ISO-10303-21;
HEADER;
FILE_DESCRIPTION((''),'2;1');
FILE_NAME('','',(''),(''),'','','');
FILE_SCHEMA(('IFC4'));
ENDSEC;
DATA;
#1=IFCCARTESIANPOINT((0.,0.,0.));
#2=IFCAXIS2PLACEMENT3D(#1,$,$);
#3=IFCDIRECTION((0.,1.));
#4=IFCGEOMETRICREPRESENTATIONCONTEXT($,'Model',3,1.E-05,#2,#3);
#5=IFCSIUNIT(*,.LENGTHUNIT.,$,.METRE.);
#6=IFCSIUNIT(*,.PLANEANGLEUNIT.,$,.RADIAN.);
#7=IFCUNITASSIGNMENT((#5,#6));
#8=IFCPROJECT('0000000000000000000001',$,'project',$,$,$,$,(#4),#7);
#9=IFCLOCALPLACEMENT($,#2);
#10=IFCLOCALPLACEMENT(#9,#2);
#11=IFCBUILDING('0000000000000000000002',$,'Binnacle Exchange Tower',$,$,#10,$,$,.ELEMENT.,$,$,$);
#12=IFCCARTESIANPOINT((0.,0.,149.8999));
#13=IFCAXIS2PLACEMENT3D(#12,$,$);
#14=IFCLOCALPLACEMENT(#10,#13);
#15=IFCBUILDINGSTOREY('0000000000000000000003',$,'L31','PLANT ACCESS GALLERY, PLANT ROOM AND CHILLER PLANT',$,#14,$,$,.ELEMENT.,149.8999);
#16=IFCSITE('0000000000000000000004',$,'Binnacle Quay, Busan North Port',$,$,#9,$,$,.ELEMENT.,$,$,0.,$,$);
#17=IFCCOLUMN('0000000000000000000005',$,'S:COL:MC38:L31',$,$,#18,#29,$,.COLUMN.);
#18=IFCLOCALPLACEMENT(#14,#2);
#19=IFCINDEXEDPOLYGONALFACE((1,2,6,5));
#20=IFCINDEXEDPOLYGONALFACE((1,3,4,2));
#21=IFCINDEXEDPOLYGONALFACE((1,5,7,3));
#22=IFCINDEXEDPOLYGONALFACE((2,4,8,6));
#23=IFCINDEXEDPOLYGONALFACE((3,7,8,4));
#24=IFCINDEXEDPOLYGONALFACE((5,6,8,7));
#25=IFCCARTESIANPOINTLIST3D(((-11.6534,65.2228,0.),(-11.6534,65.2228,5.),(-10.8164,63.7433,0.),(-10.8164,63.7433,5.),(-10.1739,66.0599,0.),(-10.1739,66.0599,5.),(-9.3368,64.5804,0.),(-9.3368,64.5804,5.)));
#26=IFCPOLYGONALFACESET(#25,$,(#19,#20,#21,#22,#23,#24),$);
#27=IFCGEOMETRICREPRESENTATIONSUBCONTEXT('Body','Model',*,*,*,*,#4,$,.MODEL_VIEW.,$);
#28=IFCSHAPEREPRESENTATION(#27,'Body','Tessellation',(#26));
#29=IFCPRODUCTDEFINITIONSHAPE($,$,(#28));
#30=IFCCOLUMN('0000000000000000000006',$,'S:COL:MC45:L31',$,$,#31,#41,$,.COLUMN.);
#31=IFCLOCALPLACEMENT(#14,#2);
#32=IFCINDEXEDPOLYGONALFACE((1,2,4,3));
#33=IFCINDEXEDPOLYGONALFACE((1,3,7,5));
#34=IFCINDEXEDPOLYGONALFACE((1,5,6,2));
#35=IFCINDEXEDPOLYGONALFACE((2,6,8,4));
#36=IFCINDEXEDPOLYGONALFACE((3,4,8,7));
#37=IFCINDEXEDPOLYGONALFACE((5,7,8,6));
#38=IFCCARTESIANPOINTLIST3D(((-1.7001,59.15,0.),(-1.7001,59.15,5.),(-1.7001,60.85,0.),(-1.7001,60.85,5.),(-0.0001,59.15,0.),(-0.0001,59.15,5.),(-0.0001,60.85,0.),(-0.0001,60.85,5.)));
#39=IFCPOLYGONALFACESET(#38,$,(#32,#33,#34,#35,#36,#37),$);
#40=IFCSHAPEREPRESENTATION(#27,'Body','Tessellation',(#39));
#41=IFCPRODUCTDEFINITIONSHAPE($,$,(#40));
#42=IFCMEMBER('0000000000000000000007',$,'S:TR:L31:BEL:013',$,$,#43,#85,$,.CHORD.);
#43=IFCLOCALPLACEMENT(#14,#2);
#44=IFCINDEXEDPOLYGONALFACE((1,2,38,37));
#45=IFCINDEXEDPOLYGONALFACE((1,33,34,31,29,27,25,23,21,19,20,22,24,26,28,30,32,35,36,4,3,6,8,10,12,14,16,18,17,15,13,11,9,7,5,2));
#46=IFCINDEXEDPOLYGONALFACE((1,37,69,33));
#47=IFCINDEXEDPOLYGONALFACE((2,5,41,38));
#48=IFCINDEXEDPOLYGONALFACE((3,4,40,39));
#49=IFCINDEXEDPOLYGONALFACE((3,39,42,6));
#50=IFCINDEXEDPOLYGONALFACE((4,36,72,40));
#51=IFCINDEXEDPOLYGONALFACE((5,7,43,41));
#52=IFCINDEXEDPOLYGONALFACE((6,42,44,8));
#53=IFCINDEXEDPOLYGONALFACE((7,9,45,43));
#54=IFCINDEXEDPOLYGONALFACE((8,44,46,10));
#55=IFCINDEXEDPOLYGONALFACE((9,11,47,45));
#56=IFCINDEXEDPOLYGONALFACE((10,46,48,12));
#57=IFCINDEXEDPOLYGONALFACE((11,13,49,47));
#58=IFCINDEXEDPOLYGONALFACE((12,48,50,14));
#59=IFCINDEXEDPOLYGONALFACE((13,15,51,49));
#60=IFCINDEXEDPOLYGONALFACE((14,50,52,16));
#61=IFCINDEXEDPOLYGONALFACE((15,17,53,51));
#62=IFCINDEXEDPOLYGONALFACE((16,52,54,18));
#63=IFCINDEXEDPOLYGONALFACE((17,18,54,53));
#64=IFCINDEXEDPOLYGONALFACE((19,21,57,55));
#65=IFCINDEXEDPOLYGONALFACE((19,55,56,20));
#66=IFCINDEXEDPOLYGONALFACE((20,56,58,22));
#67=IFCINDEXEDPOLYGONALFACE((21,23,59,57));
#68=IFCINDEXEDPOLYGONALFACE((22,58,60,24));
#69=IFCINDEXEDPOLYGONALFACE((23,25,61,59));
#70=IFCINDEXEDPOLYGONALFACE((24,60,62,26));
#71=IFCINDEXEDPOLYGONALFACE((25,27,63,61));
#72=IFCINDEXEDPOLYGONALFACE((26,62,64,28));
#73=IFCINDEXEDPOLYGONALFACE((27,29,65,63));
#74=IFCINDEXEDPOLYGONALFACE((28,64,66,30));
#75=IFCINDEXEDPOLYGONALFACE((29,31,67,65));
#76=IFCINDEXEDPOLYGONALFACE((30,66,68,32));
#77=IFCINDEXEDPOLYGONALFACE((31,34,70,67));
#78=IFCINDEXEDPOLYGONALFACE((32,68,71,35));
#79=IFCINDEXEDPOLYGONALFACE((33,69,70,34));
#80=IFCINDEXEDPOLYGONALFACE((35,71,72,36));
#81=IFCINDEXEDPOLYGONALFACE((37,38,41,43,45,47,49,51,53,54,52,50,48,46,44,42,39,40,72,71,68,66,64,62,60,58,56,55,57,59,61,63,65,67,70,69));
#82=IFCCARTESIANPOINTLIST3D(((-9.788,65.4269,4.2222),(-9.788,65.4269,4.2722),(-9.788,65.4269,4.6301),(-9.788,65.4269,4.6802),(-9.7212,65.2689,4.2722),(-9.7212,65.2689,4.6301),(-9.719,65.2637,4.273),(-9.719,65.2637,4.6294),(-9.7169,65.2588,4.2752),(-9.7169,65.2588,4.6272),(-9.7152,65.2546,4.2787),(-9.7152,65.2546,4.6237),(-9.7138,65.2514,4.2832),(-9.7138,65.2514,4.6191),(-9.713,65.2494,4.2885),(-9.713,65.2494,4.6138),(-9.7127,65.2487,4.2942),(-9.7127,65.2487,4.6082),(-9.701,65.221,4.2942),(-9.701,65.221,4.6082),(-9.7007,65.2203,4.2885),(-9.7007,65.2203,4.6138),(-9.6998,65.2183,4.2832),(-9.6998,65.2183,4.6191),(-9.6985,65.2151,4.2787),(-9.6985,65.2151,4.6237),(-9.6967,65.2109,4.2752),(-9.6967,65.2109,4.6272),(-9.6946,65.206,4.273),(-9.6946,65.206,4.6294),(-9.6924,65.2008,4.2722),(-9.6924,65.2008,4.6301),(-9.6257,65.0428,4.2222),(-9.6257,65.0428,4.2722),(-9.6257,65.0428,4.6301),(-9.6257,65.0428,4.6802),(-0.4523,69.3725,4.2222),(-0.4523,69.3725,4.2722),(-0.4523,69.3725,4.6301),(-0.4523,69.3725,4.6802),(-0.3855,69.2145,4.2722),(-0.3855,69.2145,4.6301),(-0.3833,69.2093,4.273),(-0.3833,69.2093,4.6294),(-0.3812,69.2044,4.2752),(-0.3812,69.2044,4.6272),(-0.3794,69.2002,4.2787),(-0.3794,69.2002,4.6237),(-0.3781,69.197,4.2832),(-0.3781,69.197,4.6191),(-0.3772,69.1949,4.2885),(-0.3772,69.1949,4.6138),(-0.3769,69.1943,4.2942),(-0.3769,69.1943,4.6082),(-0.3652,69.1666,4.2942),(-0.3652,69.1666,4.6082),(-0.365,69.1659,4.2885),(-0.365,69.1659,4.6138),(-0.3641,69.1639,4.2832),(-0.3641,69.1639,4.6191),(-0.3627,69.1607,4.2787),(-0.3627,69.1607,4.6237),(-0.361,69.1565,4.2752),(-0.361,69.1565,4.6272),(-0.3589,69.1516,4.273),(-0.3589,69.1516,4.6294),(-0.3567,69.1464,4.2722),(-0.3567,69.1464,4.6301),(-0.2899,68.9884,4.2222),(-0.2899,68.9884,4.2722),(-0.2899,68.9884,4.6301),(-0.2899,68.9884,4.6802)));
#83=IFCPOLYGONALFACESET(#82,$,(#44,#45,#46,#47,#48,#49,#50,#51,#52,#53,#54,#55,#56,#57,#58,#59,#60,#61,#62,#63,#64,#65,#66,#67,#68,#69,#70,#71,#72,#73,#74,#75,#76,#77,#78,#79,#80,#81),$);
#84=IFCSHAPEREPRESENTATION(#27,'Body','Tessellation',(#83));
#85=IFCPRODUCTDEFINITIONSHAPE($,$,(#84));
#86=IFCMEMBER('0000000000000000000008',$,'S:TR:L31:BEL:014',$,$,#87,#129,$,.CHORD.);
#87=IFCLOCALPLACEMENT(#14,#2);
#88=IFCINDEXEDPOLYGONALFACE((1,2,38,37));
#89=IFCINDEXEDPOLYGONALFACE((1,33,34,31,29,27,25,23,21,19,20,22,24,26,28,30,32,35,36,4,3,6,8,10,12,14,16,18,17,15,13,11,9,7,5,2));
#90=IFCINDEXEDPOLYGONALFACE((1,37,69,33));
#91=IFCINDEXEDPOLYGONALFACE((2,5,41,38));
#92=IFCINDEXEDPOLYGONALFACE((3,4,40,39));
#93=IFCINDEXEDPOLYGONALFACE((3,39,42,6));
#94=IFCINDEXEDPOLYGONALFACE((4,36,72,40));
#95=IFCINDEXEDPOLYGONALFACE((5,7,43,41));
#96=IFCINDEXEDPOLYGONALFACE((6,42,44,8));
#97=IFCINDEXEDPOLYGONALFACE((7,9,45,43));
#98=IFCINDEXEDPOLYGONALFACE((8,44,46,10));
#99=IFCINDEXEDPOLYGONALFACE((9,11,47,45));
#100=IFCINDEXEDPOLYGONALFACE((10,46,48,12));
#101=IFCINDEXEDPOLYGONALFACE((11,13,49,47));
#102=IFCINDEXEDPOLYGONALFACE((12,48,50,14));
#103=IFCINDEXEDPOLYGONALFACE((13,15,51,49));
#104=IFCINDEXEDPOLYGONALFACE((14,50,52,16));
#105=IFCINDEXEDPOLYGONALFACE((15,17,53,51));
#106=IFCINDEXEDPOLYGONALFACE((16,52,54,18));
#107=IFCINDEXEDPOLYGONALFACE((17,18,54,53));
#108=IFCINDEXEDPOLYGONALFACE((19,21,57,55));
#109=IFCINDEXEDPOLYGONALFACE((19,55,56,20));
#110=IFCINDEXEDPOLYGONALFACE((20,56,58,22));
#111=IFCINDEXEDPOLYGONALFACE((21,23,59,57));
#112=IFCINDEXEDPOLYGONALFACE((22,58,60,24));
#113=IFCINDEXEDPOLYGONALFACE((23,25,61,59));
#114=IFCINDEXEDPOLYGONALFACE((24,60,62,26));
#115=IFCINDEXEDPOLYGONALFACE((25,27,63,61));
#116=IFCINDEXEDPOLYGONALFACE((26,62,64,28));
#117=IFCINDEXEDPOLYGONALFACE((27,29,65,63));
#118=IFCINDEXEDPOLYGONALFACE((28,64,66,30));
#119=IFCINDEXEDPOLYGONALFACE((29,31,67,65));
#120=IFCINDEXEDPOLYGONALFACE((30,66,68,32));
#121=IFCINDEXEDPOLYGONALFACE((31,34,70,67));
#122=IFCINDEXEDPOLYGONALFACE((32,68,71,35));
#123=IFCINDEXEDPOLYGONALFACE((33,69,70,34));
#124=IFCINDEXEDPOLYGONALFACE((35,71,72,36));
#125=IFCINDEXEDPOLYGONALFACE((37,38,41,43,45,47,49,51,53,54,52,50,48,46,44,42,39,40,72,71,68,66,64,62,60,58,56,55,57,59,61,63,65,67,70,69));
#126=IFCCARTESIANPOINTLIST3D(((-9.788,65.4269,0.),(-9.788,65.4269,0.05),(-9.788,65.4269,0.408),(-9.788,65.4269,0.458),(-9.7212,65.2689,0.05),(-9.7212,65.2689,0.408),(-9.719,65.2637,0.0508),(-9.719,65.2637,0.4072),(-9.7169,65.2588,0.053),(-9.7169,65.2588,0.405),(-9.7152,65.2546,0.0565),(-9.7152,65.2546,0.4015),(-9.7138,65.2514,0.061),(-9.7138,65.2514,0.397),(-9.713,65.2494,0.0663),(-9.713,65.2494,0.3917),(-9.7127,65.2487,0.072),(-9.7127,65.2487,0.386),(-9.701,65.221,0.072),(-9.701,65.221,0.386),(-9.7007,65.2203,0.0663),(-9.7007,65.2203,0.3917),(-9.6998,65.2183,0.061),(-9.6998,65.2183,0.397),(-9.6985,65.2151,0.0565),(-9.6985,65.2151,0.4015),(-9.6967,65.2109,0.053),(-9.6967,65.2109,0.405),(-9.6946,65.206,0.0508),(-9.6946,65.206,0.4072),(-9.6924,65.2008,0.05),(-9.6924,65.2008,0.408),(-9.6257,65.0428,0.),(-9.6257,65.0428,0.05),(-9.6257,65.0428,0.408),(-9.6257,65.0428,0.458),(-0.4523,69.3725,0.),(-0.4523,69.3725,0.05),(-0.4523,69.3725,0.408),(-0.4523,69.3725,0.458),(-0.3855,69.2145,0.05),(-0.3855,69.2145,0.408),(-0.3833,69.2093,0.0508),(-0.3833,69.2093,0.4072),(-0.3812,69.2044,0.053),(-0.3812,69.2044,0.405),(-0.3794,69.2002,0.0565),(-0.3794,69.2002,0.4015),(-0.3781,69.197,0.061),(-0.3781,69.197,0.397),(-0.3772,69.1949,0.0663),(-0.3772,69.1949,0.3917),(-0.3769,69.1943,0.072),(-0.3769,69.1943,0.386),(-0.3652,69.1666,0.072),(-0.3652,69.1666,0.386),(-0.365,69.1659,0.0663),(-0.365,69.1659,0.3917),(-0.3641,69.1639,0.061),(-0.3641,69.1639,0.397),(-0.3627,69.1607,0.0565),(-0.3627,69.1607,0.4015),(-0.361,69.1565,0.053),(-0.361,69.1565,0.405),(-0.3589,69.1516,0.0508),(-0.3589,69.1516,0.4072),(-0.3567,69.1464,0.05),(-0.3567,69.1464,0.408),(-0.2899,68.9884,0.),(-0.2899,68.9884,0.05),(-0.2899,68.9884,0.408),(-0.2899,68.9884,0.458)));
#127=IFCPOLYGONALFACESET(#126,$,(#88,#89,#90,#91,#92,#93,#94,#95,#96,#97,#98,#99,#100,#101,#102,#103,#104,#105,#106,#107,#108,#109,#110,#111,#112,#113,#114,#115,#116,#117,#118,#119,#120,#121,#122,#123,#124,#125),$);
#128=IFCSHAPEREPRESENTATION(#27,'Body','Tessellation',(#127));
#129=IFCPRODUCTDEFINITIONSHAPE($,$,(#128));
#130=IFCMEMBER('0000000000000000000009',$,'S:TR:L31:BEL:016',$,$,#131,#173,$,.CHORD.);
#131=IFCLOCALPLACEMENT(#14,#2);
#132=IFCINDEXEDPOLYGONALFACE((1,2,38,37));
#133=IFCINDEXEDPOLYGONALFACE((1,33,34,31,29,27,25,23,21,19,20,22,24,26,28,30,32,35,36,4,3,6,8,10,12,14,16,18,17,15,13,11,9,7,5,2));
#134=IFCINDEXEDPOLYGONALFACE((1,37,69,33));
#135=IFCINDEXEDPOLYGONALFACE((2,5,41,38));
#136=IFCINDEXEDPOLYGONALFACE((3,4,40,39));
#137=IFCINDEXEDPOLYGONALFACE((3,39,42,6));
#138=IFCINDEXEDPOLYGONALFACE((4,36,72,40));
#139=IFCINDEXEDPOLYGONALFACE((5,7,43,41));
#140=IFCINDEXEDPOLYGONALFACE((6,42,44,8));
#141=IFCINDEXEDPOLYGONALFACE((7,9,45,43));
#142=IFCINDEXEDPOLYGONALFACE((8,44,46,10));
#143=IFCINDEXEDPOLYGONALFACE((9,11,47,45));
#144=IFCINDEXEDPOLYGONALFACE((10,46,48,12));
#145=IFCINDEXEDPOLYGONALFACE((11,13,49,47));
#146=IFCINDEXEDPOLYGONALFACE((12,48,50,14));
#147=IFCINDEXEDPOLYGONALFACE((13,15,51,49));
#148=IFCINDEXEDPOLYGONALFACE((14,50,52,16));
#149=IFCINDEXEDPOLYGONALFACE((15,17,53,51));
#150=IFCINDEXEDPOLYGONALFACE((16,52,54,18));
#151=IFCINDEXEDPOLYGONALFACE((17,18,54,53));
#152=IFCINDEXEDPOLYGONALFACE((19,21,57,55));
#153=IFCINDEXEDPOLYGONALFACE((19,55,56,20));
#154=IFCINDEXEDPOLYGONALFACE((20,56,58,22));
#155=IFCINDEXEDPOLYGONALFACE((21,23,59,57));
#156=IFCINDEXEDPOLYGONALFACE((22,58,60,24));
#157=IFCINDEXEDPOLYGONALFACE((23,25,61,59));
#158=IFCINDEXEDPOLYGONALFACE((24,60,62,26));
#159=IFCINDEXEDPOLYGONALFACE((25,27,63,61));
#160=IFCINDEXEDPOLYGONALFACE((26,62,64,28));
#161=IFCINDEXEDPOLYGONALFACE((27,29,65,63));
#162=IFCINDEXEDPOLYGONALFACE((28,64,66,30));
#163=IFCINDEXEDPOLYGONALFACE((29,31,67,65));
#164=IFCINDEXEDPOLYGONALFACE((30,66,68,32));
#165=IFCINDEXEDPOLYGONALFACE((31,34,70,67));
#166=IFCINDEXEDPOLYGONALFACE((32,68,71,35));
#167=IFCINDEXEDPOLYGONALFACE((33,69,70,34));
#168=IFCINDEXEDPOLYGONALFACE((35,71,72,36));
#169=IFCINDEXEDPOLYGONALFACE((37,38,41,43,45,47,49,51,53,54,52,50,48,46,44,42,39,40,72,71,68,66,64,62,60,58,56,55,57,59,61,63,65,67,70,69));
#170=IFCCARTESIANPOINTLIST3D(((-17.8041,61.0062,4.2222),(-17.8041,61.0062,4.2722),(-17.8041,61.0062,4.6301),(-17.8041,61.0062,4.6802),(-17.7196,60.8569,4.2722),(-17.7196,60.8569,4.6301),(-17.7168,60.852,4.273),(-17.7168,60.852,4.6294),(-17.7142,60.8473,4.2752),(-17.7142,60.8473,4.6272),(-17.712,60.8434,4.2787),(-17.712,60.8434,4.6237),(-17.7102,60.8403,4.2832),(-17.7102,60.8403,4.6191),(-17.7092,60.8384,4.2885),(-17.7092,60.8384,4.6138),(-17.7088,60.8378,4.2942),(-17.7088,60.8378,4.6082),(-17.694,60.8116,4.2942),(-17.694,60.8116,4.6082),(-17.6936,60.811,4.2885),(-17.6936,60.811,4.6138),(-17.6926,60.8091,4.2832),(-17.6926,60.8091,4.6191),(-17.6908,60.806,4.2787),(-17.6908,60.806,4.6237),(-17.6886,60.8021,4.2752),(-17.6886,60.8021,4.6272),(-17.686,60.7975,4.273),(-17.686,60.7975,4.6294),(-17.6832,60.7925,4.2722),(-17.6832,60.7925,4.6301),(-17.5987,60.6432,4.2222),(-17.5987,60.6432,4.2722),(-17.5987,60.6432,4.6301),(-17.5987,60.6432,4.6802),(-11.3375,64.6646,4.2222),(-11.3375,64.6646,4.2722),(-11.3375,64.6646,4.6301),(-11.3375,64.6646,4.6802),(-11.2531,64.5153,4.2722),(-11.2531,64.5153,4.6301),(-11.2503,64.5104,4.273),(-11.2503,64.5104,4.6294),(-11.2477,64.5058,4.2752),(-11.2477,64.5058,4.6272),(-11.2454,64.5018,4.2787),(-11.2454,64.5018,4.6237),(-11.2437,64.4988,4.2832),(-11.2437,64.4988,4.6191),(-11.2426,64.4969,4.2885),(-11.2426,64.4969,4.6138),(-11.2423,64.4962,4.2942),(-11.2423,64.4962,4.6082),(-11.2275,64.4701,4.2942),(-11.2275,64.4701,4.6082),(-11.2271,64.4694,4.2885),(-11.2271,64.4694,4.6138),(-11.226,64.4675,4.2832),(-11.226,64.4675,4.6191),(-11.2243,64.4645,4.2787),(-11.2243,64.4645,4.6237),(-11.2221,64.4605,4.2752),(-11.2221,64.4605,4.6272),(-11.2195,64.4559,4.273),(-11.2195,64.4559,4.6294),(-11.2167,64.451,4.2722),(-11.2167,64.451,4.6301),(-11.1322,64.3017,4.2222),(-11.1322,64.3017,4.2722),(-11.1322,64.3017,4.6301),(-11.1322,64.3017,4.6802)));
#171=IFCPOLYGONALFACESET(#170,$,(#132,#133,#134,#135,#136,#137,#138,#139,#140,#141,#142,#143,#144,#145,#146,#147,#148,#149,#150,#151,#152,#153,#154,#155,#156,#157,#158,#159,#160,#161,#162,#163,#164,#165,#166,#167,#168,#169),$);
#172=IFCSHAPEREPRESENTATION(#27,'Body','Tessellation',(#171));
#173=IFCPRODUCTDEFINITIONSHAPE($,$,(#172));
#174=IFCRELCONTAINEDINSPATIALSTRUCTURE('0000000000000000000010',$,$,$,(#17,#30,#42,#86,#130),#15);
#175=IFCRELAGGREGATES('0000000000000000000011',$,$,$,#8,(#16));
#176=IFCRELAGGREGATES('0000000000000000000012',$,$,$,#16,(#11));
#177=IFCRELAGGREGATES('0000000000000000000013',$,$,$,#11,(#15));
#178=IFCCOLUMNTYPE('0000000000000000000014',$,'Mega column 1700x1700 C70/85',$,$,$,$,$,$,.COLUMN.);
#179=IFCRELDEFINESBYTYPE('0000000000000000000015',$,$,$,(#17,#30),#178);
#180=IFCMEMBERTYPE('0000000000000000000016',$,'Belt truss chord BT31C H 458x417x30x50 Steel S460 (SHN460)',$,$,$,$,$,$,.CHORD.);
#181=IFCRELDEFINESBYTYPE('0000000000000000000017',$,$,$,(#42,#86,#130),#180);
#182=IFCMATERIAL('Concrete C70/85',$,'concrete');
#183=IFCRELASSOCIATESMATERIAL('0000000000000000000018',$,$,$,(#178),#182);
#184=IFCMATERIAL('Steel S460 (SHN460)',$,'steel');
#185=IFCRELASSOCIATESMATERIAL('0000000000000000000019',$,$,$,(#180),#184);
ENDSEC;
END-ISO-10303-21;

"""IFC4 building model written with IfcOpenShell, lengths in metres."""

from ifc_helpers import new_model, si_unit, direction, frame, origin, origin_2d, place, context, subcontext, project, spatial, rectangle, i_section, extrude, material, material_profile, profile_set, type_object, element, save


model = new_model("IFC4")

# Units and contexts
model_context = context("Model", 3, precision=1e-05, world=origin(), true_north=direction((0.0, 1.0)))
body_context = subcontext(model_context, "Body", "Model", "MODEL_VIEW")
ifc_project = project(units=[si_unit("LENGTHUNIT", "METRE"), si_unit("PLANEANGLEUNIT", "RADIAN")], contexts=[model_context])

# Site, building, storey
site_placement = place(None, origin())
site = spatial("IfcSite", under=ifc_project, at=site_placement, Name="Binnacle Quay, Busan North Port", CompositionType="ELEMENT", RefElevation=0.0)
building_placement = place(site_placement, origin())
building = spatial("IfcBuilding", under=site, at=building_placement, Name="Binnacle Exchange Tower", CompositionType="ELEMENT")
storey_placement = place(building_placement, frame((0.0, 0.0, 149.8999)))
storey = spatial("IfcBuildingStorey", under=building, at=storey_placement, Name="L31", Description="PLANT ACCESS GALLERY, PLANT ROOM AND CHILLER PLANT", CompositionType="ELEMENT", Elevation=149.8999)

# Columns
ifc_material_1 = material(Name="Concrete C70/85", Category="concrete")
ifc_material_profile_1 = material_profile(ifc_material_1, rectangle(XDim=1.7, YDim=1.7, at=origin_2d()), Name="Mega column 1700x1700 C70/85")
ifc_profile_set_1 = profile_set([ifc_material_profile_1], Name="Concrete C70/85")
column_type = type_object("IfcColumnType", Name="Mega column 1700x1700 C70/85", PredefinedType="COLUMN", material=ifc_profile_set_1)
for number, where, z_axis, x_axis, name in (
    (1, (-10.4951, 64.9016, 0.0), (0.0, 0.0, 1.0), (-0.870356, -0.492424, 0.0), "S:COL:MC38:L31"),
    (2, (-0.8501, 60.0, 0.0), (0.0, 0.0, 1.0), (0.0, 1.0, 0.0), "S:COL:MC45:L31"),
):
    element("IfcColumn", number, at=place(storey_placement, frame(where, z_axis=z_axis, x_axis=x_axis)), inside=storey, type_object=column_type, Name=name, PredefinedType="COLUMN", context=body_context, shape_type="SweptSolid", body=[
        extrude(rectangle(XDim=1.7, YDim=1.7, at=origin_2d()), origin(), (0.0, 0.0, 1.0), 5.0),
    ])

# Members
ifc_material_2 = material(Name="Steel S460 (SHN460)", Category="steel")
ifc_material_profile_2 = material_profile(ifc_material_2, i_section(OverallWidth=0.417, OverallDepth=0.458, WebThickness=0.03, FlangeThickness=0.05, FilletRadius=0.022, at=origin_2d()), Name="H 458x417x30x50")
ifc_profile_set_2 = profile_set([ifc_material_profile_2], Name="Steel S460 (SHN460)")
member_type_1 = type_object("IfcMemberType", Name="Belt truss chord BT31C H 458x417x30x50 Steel S460 (SHN460)", PredefinedType="CHORD", material=ifc_profile_set_2)
for number, where, z_axis, x_axis, name in (
    (3, (-0.3711, 69.1804, 4.4512), (-0.921114, -0.389292, 0.0), (0.389292, -0.921114, 0.0), "S:TR:L31:BEL:013"),
    (4, (-0.3711, 69.1804, 0.229), (-0.921114, -0.389292, 0.0), (0.389292, -0.921114, 0.0), "S:TR:L31:BEL:014"),
):
    element("IfcMember", number, at=place(storey_placement, frame(where, z_axis=z_axis, x_axis=x_axis)), inside=storey, type_object=member_type_1, Name=name, PredefinedType="CHORD", context=body_context, shape_type="SweptSolid", body=[
        extrude(i_section(OverallWidth=0.417, OverallDepth=0.458, WebThickness=0.03, FlangeThickness=0.05, FilletRadius=0.022, at=origin_2d()), origin(), (0.0, 0.0, 1.0), 10.1353),
    ])
for number, where, z_axis, x_axis, name in (
    (5, (-11.2349, 64.4832, 4.4512), (-0.870364, -0.492408, 0.0), (0.492408, -0.870364, 0.0), "S:TR:L31:BEL:016"),
):
    element("IfcMember", number, at=place(storey_placement, frame(where, z_axis=z_axis, x_axis=x_axis)), inside=storey, type_object=member_type_1, Name=name, PredefinedType="CHORD", context=body_context, shape_type="SweptSolid", body=[
        extrude(i_section(OverallWidth=0.417, OverallDepth=0.458, WebThickness=0.03, FlangeThickness=0.05, FilletRadius=0.022, at=origin_2d()), origin(), (0.0, 0.0, 1.0), 7.4297),
    ])

save(model, "model.ifc")
